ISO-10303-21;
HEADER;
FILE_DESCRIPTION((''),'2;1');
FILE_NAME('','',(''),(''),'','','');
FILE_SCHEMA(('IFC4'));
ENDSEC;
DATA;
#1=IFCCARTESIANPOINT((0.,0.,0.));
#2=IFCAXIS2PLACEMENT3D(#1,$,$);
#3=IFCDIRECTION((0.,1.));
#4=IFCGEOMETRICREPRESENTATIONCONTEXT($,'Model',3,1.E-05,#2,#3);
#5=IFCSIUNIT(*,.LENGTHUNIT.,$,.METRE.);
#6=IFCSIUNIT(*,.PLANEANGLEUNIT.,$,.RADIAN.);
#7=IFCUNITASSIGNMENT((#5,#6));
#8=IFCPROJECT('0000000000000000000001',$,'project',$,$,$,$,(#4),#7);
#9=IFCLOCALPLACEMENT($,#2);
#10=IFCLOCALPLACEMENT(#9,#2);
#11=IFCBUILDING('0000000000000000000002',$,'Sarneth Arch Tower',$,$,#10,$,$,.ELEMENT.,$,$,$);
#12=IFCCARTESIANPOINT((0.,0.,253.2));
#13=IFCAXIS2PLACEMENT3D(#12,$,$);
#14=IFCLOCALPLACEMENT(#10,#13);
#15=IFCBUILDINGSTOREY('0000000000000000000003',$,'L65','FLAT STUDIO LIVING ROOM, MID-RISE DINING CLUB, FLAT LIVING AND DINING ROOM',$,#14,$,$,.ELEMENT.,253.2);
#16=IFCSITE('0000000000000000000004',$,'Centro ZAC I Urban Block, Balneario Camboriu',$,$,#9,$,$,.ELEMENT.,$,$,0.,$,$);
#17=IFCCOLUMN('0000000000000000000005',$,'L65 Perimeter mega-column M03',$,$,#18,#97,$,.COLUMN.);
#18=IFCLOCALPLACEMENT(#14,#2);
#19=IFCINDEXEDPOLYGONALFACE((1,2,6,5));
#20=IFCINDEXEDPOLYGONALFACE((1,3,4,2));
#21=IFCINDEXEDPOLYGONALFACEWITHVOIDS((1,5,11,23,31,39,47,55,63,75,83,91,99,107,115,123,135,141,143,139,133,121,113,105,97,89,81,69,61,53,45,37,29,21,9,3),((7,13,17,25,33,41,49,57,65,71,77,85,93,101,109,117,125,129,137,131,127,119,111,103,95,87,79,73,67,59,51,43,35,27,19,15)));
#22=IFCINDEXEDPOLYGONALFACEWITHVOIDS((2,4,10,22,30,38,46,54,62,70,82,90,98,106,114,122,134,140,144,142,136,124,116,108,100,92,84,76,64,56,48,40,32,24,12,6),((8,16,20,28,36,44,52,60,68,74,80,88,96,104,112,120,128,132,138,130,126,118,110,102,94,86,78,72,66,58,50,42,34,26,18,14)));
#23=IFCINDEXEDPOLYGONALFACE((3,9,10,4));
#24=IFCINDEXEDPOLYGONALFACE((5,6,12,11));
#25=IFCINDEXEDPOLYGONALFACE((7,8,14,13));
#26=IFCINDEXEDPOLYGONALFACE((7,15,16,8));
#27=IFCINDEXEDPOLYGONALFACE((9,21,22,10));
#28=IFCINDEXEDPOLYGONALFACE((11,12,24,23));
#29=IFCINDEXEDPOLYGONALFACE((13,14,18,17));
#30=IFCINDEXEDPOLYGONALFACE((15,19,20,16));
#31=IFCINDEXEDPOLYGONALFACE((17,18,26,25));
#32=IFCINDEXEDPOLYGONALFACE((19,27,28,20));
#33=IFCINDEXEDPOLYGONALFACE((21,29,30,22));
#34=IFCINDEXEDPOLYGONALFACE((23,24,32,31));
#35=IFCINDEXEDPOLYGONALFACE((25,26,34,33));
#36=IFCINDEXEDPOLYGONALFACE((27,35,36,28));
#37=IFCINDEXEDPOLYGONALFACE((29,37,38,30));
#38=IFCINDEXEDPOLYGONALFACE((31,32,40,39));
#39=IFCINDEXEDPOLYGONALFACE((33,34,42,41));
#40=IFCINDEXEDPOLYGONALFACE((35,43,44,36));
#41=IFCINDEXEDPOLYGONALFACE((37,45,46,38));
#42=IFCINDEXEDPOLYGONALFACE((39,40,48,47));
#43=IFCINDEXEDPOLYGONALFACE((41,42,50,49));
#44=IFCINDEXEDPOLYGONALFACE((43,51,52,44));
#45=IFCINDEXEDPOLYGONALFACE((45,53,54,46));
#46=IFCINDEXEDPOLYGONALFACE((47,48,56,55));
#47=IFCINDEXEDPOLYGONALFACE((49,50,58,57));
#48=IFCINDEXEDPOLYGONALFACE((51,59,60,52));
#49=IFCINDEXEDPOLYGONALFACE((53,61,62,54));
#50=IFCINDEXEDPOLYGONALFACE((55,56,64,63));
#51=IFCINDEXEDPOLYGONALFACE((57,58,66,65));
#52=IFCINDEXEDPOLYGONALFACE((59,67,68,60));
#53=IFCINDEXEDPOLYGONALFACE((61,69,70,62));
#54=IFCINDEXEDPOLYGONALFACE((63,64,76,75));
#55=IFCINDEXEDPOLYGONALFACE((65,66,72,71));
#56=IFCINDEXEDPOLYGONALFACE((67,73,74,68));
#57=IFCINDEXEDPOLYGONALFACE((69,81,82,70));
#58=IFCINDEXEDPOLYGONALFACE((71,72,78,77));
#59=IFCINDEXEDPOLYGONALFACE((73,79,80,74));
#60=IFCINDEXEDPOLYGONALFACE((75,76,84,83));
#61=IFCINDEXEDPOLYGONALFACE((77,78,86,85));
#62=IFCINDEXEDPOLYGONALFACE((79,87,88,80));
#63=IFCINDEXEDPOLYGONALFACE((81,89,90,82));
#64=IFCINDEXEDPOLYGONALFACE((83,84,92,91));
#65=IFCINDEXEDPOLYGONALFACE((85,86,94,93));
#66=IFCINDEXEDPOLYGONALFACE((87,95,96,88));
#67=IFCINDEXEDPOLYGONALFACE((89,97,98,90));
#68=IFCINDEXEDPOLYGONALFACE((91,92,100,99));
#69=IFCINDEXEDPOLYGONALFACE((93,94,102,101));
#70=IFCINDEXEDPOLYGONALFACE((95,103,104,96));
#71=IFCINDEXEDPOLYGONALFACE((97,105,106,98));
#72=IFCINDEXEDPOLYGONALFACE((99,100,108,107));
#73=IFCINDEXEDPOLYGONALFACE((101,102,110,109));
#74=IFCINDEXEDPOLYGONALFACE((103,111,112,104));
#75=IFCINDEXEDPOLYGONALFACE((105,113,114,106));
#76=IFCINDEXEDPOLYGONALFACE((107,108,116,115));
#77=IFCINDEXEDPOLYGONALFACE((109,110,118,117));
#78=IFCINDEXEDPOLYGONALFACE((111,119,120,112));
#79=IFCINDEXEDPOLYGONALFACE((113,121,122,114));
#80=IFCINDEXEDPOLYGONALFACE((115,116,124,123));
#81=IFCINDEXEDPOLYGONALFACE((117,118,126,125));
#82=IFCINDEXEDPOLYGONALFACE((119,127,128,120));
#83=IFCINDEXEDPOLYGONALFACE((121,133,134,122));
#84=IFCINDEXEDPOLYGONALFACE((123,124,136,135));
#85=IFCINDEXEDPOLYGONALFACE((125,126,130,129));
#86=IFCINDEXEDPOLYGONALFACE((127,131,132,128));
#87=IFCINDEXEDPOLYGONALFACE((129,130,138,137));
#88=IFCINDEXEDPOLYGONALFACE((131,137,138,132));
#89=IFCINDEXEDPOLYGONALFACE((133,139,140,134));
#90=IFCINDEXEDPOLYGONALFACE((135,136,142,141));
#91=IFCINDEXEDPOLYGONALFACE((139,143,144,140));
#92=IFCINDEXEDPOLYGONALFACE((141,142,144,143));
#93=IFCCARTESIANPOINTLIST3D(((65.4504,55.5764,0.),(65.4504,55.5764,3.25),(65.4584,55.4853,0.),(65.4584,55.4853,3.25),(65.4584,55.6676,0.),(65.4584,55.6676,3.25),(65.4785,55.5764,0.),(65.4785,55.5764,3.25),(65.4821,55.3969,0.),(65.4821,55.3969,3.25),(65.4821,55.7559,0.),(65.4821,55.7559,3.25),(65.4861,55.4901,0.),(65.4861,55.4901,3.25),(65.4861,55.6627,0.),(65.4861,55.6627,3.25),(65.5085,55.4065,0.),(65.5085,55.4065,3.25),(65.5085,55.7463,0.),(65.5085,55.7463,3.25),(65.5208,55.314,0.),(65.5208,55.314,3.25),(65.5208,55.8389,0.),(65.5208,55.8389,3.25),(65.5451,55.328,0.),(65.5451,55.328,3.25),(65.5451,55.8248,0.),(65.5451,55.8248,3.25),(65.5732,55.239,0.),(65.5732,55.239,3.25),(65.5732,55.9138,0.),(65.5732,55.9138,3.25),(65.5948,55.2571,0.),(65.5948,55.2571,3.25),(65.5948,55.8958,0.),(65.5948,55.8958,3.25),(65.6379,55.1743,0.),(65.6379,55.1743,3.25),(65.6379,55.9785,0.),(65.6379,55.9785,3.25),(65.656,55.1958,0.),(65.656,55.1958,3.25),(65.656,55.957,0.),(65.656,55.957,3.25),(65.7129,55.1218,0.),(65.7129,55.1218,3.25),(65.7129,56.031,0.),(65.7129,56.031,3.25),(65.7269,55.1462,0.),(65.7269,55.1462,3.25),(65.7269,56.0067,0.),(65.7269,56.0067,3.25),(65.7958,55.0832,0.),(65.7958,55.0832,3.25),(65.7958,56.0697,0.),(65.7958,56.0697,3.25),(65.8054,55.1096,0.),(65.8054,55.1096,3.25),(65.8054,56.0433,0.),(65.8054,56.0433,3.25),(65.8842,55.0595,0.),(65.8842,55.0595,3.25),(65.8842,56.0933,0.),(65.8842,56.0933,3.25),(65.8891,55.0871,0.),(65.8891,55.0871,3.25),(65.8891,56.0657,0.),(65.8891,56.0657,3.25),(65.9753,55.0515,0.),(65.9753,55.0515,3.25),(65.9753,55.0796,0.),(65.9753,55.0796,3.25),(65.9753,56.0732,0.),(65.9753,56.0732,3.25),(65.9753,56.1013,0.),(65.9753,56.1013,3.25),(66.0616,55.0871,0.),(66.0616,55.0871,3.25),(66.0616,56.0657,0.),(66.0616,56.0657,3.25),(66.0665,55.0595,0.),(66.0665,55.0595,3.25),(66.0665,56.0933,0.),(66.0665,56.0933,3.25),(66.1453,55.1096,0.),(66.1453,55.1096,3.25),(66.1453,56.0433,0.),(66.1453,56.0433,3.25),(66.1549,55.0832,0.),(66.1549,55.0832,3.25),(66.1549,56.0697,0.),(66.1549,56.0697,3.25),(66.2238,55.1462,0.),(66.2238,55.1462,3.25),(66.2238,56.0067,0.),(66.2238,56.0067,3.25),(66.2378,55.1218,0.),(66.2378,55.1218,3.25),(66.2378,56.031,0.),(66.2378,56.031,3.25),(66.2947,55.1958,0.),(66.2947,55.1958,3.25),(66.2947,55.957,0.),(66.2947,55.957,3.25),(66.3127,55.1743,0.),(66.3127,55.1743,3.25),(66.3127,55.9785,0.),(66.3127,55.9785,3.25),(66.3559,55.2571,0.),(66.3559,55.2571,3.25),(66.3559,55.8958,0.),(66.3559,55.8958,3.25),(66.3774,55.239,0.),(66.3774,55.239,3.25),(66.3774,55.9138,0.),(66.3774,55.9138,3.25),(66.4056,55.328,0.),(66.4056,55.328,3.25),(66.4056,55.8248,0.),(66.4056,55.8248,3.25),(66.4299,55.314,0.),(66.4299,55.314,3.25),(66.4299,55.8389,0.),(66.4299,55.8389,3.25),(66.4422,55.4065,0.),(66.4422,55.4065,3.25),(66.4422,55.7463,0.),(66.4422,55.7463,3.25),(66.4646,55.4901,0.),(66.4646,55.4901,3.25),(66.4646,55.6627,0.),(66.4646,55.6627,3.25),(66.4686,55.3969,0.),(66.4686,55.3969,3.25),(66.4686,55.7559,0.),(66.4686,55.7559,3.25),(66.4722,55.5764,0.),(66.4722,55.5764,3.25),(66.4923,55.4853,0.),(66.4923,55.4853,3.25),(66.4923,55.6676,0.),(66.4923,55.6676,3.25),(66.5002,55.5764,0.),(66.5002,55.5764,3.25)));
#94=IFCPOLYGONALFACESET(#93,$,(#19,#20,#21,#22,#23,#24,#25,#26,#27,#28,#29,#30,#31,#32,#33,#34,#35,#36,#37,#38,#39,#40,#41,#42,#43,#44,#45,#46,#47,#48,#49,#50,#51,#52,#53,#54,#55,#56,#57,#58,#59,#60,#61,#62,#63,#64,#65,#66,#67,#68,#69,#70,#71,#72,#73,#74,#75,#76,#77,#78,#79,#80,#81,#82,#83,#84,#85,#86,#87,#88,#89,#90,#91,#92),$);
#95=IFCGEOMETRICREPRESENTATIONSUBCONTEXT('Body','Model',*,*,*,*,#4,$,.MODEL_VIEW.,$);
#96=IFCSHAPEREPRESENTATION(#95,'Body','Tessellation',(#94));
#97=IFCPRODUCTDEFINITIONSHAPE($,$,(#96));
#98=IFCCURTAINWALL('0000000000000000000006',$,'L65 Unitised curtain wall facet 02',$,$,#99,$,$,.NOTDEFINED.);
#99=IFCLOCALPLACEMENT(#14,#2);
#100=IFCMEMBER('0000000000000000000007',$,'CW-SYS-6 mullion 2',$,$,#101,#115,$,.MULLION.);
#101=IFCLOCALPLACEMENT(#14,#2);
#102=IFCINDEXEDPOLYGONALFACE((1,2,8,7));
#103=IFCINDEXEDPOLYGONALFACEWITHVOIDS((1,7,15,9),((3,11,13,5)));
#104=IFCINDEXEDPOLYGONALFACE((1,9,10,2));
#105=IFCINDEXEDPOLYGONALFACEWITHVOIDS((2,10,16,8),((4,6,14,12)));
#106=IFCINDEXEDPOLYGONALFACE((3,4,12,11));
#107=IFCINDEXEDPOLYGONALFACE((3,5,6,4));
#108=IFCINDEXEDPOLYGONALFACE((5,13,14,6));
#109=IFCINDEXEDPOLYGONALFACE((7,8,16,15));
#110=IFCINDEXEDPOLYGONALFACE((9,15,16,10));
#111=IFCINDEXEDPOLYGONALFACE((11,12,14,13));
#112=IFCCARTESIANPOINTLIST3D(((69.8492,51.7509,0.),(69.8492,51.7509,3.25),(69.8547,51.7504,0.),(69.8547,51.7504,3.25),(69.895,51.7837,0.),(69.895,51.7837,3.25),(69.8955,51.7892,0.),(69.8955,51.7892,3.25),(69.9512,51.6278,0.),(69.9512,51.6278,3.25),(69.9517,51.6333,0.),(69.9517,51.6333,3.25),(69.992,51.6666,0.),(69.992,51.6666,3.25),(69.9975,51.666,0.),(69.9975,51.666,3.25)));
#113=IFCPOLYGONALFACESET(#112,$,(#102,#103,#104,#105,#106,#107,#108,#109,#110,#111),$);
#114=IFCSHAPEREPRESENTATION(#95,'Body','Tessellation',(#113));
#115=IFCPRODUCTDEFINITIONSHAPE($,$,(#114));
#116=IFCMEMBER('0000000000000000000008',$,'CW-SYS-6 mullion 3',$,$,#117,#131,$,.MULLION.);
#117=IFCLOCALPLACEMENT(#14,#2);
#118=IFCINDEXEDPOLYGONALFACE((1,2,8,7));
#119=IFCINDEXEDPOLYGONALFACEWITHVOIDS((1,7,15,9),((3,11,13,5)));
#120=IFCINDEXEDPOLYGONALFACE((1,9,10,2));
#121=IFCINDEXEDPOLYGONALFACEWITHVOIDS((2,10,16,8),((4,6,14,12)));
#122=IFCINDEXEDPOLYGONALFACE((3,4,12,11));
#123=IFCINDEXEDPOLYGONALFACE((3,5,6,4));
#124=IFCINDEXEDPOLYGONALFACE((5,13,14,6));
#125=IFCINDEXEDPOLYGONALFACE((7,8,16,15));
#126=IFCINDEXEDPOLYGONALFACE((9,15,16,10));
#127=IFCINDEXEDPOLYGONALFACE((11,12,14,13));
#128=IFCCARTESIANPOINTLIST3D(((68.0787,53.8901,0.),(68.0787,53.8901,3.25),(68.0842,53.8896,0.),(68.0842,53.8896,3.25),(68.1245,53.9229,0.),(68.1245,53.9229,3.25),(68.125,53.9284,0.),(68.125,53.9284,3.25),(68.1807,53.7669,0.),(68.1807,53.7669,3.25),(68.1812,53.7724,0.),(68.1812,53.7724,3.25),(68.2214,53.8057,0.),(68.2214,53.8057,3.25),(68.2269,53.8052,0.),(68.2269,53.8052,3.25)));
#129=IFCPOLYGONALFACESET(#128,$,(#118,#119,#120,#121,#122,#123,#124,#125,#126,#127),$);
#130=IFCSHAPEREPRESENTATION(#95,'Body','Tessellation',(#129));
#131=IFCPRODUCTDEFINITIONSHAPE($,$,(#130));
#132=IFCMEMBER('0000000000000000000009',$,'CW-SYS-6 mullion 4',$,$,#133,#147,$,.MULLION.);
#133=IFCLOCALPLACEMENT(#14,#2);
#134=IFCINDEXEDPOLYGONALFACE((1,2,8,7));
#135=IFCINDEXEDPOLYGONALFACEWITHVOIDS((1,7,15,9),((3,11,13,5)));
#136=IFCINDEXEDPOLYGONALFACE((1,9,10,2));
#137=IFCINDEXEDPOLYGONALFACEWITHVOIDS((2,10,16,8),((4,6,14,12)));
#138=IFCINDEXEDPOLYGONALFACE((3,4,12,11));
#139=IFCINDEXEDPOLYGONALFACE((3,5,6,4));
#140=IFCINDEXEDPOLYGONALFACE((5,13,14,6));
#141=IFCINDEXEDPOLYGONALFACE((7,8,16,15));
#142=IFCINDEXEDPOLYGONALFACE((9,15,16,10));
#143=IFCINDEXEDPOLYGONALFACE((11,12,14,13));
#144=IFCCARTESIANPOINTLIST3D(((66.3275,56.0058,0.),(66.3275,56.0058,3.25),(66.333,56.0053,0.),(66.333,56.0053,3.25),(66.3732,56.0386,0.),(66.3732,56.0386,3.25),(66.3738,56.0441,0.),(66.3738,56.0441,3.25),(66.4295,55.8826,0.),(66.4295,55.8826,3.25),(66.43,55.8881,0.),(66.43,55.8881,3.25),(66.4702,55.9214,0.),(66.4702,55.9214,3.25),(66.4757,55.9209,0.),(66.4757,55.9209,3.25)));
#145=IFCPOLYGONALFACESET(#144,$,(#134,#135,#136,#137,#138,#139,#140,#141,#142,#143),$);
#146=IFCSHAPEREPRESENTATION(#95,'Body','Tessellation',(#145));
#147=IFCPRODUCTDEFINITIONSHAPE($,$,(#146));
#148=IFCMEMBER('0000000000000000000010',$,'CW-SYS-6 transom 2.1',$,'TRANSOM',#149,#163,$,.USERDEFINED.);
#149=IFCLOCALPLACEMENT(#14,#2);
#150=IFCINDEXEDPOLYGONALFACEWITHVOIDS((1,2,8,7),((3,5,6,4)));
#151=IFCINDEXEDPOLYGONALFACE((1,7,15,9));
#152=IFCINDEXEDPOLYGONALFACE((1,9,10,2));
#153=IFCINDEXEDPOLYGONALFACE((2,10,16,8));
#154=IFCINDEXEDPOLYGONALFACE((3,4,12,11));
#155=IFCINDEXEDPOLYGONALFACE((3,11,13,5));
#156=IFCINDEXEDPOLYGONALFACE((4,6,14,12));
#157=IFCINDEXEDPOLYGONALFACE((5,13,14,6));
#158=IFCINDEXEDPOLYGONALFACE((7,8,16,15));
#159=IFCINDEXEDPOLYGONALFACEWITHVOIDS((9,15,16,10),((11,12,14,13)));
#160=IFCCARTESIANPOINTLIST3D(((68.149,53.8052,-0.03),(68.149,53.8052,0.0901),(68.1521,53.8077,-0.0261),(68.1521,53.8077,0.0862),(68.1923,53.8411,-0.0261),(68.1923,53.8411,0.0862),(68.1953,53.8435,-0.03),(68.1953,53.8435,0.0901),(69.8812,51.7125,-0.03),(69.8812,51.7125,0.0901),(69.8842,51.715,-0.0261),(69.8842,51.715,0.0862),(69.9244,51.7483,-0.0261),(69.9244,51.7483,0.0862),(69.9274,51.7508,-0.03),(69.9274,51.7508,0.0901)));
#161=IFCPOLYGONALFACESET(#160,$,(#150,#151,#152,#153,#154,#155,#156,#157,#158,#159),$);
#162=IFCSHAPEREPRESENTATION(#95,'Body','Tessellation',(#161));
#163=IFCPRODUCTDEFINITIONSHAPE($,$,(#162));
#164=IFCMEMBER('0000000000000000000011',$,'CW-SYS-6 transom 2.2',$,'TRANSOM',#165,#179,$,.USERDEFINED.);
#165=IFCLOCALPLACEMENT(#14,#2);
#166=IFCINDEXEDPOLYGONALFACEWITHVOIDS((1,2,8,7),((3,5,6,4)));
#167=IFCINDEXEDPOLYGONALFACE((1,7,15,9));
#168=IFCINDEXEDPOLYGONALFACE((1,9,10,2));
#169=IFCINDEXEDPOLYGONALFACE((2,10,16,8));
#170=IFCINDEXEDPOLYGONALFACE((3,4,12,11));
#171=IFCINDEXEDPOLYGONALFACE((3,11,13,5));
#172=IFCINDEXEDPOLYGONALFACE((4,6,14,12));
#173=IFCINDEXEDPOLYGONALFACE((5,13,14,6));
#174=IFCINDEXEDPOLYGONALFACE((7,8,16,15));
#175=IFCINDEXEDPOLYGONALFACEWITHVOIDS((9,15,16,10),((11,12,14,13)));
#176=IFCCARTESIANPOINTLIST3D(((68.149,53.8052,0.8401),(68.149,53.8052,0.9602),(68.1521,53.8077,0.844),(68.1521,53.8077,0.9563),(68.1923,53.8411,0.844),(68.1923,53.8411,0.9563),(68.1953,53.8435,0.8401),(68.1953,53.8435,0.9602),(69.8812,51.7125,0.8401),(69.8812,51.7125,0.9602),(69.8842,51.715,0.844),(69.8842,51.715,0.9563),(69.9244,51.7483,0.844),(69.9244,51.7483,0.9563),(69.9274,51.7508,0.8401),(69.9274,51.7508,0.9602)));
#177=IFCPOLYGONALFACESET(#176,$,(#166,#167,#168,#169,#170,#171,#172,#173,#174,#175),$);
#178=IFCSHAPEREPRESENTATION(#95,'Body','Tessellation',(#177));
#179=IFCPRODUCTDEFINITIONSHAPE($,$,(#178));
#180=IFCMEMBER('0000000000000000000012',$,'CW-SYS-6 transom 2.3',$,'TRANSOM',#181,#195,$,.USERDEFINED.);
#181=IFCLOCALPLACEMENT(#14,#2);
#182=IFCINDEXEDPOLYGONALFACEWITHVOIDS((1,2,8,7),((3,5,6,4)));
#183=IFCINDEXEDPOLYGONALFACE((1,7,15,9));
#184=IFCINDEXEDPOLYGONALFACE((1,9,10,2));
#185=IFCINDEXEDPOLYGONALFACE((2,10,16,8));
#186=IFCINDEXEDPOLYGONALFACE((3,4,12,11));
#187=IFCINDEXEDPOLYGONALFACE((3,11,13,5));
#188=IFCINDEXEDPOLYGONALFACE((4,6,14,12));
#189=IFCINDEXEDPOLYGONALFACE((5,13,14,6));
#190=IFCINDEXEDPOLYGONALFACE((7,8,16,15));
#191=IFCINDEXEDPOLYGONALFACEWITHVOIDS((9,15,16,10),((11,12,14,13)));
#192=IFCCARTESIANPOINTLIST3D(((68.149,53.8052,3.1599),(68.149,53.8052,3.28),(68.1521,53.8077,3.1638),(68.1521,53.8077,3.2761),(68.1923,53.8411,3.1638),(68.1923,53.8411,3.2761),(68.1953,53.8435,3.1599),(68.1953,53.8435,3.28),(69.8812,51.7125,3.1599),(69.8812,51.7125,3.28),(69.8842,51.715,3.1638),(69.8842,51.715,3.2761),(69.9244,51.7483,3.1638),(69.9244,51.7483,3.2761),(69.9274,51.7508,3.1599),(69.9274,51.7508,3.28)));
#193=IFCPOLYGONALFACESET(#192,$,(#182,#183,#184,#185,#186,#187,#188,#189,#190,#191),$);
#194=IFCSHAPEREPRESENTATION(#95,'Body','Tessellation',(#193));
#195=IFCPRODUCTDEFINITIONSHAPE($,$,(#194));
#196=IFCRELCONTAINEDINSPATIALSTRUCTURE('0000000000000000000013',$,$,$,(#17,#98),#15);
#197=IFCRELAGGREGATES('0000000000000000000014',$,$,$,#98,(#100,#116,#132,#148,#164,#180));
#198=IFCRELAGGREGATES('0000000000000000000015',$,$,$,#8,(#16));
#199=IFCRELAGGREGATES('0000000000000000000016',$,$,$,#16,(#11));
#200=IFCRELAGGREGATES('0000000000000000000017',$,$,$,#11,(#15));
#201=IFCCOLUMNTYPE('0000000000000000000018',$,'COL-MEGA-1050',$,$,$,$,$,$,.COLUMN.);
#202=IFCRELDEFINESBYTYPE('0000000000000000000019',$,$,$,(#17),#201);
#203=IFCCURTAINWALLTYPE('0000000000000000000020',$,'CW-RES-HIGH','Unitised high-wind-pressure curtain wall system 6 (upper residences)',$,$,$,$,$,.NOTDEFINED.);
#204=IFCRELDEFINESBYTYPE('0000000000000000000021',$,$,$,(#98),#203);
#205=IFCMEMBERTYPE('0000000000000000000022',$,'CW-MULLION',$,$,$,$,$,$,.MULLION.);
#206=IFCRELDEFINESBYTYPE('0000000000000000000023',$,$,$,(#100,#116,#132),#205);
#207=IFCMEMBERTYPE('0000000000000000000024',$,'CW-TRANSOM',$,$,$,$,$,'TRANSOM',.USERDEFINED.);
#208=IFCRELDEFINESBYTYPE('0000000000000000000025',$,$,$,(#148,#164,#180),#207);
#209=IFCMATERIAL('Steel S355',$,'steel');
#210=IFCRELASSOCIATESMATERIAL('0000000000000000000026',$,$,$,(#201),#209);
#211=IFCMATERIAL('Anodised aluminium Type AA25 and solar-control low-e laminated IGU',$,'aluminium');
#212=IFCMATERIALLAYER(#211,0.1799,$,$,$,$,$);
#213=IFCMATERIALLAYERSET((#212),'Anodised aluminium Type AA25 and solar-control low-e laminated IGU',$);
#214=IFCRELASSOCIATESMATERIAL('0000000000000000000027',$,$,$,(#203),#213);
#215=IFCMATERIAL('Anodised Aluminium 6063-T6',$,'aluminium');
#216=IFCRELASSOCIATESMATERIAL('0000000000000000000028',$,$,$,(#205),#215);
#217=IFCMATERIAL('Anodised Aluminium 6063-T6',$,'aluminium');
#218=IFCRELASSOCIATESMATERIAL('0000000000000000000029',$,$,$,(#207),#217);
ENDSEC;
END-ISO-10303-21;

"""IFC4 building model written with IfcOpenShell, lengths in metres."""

from ifc_helpers import new_model, si_unit, direction, frame, origin, origin_2d, place, context, subcontext, project, spatial, hollow_rectangle, hollow_circle, extrude, material, layer, layer_set, material_profile, profile_set, type_object, element, aggregate, save


model = new_model("IFC4")

# Units and contexts
model_context = context("Model", 3, precision=1e-05, world=origin(), true_north=direction((0.0, 1.0)))
body_context = subcontext(model_context, "Body", "Model", "MODEL_VIEW")
ifc_project = project(units=[si_unit("LENGTHUNIT", "METRE"), si_unit("PLANEANGLEUNIT", "RADIAN")], contexts=[model_context])

# Site, building, storey
site_placement = place(None, origin())
site = spatial("IfcSite", under=ifc_project, at=site_placement, Name="Centro ZAC I Urban Block, Balneario Camboriu", CompositionType="ELEMENT", RefElevation=0.0)
building_placement = place(site_placement, origin())
building = spatial("IfcBuilding", under=site, at=building_placement, Name="Sarneth Arch Tower", CompositionType="ELEMENT")
storey_placement = place(building_placement, frame((0.0, 0.0, 253.2)))
storey = spatial("IfcBuildingStorey", under=building, at=storey_placement, Name="L65", Description="FLAT STUDIO LIVING ROOM, MID-RISE DINING CLUB, FLAT LIVING AND DINING ROOM", CompositionType="ELEMENT", Elevation=253.2)

# Column
ifc_material_1 = material(Name="Steel S355", Category="steel")
ifc_material_profile_1 = material_profile(ifc_material_1, hollow_circle(Radius=0.5249, WallThickness=0.0281, at=origin_2d()), Name="CHS1050x28")
ifc_profile_set_1 = profile_set([ifc_material_profile_1], Name="Steel S355")
column_type = type_object("IfcColumnType", Name="COL-MEGA-1050", PredefinedType="COLUMN", material=ifc_profile_set_1)
column_placement = place(storey_placement, frame((65.9753, 55.5764, 0.0), z_axis=(0.0, 0.0, 1.0), x_axis=(1.0, 0.0, 0.0)))
element("IfcColumn", 1, at=column_placement, inside=storey, type_object=column_type, Name="L65 Perimeter mega-column M03", PredefinedType="COLUMN", context=body_context, shape_type="SweptSolid", body=[
    extrude(hollow_circle(Radius=0.5249, WallThickness=0.0281, at=origin_2d()), origin(), (0.0, 0.0, 1.0), 3.25),
])

# Curtain wall, members
ifc_material_2 = material(Name="Anodised aluminium Type AA25 and solar-control low-e laminated IGU", Category="aluminium")
ifc_layer_1 = layer(ifc_material_2, 0.1799)
ifc_layer_set_1 = layer_set([ifc_layer_1], Name="Anodised aluminium Type AA25 and solar-control low-e laminated IGU")
curtain_wall_type = type_object("IfcCurtainWallType", Name="CW-RES-HIGH", Description="Unitised high-wind-pressure curtain wall system 6 (upper residences)", PredefinedType="NOTDEFINED", material=ifc_layer_set_1)
curtain_wall_placement = place(storey_placement, origin())
curtain_wall = element("IfcCurtainWall", 2, at=curtain_wall_placement, inside=storey, type_object=curtain_wall_type, Name="L65 Unitised curtain wall facet 02", PredefinedType="NOTDEFINED")
ifc_material_3 = material(Name="Anodised Aluminium 6063-T6", Category="aluminium")
ifc_material_profile_2 = material_profile(ifc_material_3, hollow_rectangle(XDim=0.0601, YDim=0.1599, WallThickness=0.0039, at=origin_2d()), Name="AL-MULL-160x60x4")
ifc_profile_set_2 = profile_set([ifc_material_profile_2], Name="Anodised Aluminium 6063-T6")
member_type_1 = type_object("IfcMemberType", Name="CW-MULLION", PredefinedType="MULLION", material=ifc_profile_set_2)
member_1_placement = place(storey_placement, frame((69.9233, 51.7085, 0.0), z_axis=(0.0, 0.0, 1.0), x_axis=(-0.770359, -0.63761, 0.0)))
member_1 = element("IfcMember", 3, at=member_1_placement, type_object=member_type_1, Name="CW-SYS-6 mullion 2", PredefinedType="MULLION", context=body_context, shape_type="SweptSolid", body=[
    extrude(hollow_rectangle(XDim=0.0601, YDim=0.1599, WallThickness=0.0039, at=origin_2d()), origin(), (0.0, 0.0, 1.0), 3.25),
])
member_2_placement = place(storey_placement, frame((68.1528, 53.8477, 0.0), z_axis=(0.0, 0.0, 1.0), x_axis=(-0.770359, -0.63761, 0.0)))
member_2 = element("IfcMember", 4, at=member_2_placement, type_object=member_type_1, Name="CW-SYS-6 mullion 3", PredefinedType="MULLION", context=body_context, shape_type="SweptSolid", body=[
    extrude(hollow_rectangle(XDim=0.0601, YDim=0.1599, WallThickness=0.0039, at=origin_2d()), origin(), (0.0, 0.0, 1.0), 3.25),
])
member_3_placement = place(storey_placement, frame((66.4016, 55.9634, 0.0), z_axis=(0.0, 0.0, 1.0), x_axis=(-0.770359, -0.63761, 0.0)))
member_3 = element("IfcMember", 5, at=member_3_placement, type_object=member_type_1, Name="CW-SYS-6 mullion 4", PredefinedType="MULLION", context=body_context, shape_type="SweptSolid", body=[
    extrude(hollow_rectangle(XDim=0.0601, YDim=0.1599, WallThickness=0.0039, at=origin_2d()), origin(), (0.0, 0.0, 1.0), 3.25),
])
ifc_material_4 = material(Name="Anodised Aluminium 6063-T6", Category="aluminium")
ifc_material_profile_3 = material_profile(ifc_material_4, hollow_rectangle(XDim=0.0601, YDim=0.1201, WallThickness=0.0039, at=origin_2d()), Name="AL-TRAN-120x60x4")
ifc_profile_set_3 = profile_set([ifc_material_profile_3], Name="Anodised Aluminium 6063-T6")
member_type_2 = type_object("IfcMemberType", Name="CW-TRANSOM", ElementType="TRANSOM", PredefinedType="USERDEFINED", material=ifc_profile_set_3)
member_4_placement = place(storey_placement, frame((69.9043, 51.7317, 0.03), z_axis=(-0.637617, 0.770353, 0.0), x_axis=(-0.770353, -0.637617, 0.0)))
member_4 = element("IfcMember", 6, at=member_4_placement, type_object=member_type_2, Name="CW-SYS-6 transom 2.1", ObjectType="TRANSOM", PredefinedType="USERDEFINED", context=body_context, shape_type="SweptSolid", body=[
    extrude(hollow_rectangle(XDim=0.0601, YDim=0.1201, WallThickness=0.0039, at=origin_2d()), origin(), (0.0, 0.0, 1.0), 2.7166),
])
member_5_placement = place(storey_placement, frame((69.9043, 51.7317, 0.9001), z_axis=(-0.637617, 0.770353, 0.0), x_axis=(-0.770353, -0.637617, 0.0)))
member_5 = element("IfcMember", 7, at=member_5_placement, type_object=member_type_2, Name="CW-SYS-6 transom 2.2", ObjectType="TRANSOM", PredefinedType="USERDEFINED", context=body_context, shape_type="SweptSolid", body=[
    extrude(hollow_rectangle(XDim=0.0601, YDim=0.1201, WallThickness=0.0039, at=origin_2d()), origin(), (0.0, 0.0, 1.0), 2.7166),
])
member_6_placement = place(storey_placement, frame((69.9043, 51.7317, 3.22), z_axis=(-0.637617, 0.770353, 0.0), x_axis=(-0.770353, -0.637617, 0.0)))
member_6 = element("IfcMember", 8, at=member_6_placement, type_object=member_type_2, Name="CW-SYS-6 transom 2.3", ObjectType="TRANSOM", PredefinedType="USERDEFINED", context=body_context, shape_type="SweptSolid", body=[
    extrude(hollow_rectangle(XDim=0.0601, YDim=0.1201, WallThickness=0.0039, at=origin_2d()), origin(), (0.0, 0.0, 1.0), 2.7166),
])
aggregate(curtain_wall, [member_1, member_2, member_3, member_4, member_5, member_6])

save(model, "model.ifc")
